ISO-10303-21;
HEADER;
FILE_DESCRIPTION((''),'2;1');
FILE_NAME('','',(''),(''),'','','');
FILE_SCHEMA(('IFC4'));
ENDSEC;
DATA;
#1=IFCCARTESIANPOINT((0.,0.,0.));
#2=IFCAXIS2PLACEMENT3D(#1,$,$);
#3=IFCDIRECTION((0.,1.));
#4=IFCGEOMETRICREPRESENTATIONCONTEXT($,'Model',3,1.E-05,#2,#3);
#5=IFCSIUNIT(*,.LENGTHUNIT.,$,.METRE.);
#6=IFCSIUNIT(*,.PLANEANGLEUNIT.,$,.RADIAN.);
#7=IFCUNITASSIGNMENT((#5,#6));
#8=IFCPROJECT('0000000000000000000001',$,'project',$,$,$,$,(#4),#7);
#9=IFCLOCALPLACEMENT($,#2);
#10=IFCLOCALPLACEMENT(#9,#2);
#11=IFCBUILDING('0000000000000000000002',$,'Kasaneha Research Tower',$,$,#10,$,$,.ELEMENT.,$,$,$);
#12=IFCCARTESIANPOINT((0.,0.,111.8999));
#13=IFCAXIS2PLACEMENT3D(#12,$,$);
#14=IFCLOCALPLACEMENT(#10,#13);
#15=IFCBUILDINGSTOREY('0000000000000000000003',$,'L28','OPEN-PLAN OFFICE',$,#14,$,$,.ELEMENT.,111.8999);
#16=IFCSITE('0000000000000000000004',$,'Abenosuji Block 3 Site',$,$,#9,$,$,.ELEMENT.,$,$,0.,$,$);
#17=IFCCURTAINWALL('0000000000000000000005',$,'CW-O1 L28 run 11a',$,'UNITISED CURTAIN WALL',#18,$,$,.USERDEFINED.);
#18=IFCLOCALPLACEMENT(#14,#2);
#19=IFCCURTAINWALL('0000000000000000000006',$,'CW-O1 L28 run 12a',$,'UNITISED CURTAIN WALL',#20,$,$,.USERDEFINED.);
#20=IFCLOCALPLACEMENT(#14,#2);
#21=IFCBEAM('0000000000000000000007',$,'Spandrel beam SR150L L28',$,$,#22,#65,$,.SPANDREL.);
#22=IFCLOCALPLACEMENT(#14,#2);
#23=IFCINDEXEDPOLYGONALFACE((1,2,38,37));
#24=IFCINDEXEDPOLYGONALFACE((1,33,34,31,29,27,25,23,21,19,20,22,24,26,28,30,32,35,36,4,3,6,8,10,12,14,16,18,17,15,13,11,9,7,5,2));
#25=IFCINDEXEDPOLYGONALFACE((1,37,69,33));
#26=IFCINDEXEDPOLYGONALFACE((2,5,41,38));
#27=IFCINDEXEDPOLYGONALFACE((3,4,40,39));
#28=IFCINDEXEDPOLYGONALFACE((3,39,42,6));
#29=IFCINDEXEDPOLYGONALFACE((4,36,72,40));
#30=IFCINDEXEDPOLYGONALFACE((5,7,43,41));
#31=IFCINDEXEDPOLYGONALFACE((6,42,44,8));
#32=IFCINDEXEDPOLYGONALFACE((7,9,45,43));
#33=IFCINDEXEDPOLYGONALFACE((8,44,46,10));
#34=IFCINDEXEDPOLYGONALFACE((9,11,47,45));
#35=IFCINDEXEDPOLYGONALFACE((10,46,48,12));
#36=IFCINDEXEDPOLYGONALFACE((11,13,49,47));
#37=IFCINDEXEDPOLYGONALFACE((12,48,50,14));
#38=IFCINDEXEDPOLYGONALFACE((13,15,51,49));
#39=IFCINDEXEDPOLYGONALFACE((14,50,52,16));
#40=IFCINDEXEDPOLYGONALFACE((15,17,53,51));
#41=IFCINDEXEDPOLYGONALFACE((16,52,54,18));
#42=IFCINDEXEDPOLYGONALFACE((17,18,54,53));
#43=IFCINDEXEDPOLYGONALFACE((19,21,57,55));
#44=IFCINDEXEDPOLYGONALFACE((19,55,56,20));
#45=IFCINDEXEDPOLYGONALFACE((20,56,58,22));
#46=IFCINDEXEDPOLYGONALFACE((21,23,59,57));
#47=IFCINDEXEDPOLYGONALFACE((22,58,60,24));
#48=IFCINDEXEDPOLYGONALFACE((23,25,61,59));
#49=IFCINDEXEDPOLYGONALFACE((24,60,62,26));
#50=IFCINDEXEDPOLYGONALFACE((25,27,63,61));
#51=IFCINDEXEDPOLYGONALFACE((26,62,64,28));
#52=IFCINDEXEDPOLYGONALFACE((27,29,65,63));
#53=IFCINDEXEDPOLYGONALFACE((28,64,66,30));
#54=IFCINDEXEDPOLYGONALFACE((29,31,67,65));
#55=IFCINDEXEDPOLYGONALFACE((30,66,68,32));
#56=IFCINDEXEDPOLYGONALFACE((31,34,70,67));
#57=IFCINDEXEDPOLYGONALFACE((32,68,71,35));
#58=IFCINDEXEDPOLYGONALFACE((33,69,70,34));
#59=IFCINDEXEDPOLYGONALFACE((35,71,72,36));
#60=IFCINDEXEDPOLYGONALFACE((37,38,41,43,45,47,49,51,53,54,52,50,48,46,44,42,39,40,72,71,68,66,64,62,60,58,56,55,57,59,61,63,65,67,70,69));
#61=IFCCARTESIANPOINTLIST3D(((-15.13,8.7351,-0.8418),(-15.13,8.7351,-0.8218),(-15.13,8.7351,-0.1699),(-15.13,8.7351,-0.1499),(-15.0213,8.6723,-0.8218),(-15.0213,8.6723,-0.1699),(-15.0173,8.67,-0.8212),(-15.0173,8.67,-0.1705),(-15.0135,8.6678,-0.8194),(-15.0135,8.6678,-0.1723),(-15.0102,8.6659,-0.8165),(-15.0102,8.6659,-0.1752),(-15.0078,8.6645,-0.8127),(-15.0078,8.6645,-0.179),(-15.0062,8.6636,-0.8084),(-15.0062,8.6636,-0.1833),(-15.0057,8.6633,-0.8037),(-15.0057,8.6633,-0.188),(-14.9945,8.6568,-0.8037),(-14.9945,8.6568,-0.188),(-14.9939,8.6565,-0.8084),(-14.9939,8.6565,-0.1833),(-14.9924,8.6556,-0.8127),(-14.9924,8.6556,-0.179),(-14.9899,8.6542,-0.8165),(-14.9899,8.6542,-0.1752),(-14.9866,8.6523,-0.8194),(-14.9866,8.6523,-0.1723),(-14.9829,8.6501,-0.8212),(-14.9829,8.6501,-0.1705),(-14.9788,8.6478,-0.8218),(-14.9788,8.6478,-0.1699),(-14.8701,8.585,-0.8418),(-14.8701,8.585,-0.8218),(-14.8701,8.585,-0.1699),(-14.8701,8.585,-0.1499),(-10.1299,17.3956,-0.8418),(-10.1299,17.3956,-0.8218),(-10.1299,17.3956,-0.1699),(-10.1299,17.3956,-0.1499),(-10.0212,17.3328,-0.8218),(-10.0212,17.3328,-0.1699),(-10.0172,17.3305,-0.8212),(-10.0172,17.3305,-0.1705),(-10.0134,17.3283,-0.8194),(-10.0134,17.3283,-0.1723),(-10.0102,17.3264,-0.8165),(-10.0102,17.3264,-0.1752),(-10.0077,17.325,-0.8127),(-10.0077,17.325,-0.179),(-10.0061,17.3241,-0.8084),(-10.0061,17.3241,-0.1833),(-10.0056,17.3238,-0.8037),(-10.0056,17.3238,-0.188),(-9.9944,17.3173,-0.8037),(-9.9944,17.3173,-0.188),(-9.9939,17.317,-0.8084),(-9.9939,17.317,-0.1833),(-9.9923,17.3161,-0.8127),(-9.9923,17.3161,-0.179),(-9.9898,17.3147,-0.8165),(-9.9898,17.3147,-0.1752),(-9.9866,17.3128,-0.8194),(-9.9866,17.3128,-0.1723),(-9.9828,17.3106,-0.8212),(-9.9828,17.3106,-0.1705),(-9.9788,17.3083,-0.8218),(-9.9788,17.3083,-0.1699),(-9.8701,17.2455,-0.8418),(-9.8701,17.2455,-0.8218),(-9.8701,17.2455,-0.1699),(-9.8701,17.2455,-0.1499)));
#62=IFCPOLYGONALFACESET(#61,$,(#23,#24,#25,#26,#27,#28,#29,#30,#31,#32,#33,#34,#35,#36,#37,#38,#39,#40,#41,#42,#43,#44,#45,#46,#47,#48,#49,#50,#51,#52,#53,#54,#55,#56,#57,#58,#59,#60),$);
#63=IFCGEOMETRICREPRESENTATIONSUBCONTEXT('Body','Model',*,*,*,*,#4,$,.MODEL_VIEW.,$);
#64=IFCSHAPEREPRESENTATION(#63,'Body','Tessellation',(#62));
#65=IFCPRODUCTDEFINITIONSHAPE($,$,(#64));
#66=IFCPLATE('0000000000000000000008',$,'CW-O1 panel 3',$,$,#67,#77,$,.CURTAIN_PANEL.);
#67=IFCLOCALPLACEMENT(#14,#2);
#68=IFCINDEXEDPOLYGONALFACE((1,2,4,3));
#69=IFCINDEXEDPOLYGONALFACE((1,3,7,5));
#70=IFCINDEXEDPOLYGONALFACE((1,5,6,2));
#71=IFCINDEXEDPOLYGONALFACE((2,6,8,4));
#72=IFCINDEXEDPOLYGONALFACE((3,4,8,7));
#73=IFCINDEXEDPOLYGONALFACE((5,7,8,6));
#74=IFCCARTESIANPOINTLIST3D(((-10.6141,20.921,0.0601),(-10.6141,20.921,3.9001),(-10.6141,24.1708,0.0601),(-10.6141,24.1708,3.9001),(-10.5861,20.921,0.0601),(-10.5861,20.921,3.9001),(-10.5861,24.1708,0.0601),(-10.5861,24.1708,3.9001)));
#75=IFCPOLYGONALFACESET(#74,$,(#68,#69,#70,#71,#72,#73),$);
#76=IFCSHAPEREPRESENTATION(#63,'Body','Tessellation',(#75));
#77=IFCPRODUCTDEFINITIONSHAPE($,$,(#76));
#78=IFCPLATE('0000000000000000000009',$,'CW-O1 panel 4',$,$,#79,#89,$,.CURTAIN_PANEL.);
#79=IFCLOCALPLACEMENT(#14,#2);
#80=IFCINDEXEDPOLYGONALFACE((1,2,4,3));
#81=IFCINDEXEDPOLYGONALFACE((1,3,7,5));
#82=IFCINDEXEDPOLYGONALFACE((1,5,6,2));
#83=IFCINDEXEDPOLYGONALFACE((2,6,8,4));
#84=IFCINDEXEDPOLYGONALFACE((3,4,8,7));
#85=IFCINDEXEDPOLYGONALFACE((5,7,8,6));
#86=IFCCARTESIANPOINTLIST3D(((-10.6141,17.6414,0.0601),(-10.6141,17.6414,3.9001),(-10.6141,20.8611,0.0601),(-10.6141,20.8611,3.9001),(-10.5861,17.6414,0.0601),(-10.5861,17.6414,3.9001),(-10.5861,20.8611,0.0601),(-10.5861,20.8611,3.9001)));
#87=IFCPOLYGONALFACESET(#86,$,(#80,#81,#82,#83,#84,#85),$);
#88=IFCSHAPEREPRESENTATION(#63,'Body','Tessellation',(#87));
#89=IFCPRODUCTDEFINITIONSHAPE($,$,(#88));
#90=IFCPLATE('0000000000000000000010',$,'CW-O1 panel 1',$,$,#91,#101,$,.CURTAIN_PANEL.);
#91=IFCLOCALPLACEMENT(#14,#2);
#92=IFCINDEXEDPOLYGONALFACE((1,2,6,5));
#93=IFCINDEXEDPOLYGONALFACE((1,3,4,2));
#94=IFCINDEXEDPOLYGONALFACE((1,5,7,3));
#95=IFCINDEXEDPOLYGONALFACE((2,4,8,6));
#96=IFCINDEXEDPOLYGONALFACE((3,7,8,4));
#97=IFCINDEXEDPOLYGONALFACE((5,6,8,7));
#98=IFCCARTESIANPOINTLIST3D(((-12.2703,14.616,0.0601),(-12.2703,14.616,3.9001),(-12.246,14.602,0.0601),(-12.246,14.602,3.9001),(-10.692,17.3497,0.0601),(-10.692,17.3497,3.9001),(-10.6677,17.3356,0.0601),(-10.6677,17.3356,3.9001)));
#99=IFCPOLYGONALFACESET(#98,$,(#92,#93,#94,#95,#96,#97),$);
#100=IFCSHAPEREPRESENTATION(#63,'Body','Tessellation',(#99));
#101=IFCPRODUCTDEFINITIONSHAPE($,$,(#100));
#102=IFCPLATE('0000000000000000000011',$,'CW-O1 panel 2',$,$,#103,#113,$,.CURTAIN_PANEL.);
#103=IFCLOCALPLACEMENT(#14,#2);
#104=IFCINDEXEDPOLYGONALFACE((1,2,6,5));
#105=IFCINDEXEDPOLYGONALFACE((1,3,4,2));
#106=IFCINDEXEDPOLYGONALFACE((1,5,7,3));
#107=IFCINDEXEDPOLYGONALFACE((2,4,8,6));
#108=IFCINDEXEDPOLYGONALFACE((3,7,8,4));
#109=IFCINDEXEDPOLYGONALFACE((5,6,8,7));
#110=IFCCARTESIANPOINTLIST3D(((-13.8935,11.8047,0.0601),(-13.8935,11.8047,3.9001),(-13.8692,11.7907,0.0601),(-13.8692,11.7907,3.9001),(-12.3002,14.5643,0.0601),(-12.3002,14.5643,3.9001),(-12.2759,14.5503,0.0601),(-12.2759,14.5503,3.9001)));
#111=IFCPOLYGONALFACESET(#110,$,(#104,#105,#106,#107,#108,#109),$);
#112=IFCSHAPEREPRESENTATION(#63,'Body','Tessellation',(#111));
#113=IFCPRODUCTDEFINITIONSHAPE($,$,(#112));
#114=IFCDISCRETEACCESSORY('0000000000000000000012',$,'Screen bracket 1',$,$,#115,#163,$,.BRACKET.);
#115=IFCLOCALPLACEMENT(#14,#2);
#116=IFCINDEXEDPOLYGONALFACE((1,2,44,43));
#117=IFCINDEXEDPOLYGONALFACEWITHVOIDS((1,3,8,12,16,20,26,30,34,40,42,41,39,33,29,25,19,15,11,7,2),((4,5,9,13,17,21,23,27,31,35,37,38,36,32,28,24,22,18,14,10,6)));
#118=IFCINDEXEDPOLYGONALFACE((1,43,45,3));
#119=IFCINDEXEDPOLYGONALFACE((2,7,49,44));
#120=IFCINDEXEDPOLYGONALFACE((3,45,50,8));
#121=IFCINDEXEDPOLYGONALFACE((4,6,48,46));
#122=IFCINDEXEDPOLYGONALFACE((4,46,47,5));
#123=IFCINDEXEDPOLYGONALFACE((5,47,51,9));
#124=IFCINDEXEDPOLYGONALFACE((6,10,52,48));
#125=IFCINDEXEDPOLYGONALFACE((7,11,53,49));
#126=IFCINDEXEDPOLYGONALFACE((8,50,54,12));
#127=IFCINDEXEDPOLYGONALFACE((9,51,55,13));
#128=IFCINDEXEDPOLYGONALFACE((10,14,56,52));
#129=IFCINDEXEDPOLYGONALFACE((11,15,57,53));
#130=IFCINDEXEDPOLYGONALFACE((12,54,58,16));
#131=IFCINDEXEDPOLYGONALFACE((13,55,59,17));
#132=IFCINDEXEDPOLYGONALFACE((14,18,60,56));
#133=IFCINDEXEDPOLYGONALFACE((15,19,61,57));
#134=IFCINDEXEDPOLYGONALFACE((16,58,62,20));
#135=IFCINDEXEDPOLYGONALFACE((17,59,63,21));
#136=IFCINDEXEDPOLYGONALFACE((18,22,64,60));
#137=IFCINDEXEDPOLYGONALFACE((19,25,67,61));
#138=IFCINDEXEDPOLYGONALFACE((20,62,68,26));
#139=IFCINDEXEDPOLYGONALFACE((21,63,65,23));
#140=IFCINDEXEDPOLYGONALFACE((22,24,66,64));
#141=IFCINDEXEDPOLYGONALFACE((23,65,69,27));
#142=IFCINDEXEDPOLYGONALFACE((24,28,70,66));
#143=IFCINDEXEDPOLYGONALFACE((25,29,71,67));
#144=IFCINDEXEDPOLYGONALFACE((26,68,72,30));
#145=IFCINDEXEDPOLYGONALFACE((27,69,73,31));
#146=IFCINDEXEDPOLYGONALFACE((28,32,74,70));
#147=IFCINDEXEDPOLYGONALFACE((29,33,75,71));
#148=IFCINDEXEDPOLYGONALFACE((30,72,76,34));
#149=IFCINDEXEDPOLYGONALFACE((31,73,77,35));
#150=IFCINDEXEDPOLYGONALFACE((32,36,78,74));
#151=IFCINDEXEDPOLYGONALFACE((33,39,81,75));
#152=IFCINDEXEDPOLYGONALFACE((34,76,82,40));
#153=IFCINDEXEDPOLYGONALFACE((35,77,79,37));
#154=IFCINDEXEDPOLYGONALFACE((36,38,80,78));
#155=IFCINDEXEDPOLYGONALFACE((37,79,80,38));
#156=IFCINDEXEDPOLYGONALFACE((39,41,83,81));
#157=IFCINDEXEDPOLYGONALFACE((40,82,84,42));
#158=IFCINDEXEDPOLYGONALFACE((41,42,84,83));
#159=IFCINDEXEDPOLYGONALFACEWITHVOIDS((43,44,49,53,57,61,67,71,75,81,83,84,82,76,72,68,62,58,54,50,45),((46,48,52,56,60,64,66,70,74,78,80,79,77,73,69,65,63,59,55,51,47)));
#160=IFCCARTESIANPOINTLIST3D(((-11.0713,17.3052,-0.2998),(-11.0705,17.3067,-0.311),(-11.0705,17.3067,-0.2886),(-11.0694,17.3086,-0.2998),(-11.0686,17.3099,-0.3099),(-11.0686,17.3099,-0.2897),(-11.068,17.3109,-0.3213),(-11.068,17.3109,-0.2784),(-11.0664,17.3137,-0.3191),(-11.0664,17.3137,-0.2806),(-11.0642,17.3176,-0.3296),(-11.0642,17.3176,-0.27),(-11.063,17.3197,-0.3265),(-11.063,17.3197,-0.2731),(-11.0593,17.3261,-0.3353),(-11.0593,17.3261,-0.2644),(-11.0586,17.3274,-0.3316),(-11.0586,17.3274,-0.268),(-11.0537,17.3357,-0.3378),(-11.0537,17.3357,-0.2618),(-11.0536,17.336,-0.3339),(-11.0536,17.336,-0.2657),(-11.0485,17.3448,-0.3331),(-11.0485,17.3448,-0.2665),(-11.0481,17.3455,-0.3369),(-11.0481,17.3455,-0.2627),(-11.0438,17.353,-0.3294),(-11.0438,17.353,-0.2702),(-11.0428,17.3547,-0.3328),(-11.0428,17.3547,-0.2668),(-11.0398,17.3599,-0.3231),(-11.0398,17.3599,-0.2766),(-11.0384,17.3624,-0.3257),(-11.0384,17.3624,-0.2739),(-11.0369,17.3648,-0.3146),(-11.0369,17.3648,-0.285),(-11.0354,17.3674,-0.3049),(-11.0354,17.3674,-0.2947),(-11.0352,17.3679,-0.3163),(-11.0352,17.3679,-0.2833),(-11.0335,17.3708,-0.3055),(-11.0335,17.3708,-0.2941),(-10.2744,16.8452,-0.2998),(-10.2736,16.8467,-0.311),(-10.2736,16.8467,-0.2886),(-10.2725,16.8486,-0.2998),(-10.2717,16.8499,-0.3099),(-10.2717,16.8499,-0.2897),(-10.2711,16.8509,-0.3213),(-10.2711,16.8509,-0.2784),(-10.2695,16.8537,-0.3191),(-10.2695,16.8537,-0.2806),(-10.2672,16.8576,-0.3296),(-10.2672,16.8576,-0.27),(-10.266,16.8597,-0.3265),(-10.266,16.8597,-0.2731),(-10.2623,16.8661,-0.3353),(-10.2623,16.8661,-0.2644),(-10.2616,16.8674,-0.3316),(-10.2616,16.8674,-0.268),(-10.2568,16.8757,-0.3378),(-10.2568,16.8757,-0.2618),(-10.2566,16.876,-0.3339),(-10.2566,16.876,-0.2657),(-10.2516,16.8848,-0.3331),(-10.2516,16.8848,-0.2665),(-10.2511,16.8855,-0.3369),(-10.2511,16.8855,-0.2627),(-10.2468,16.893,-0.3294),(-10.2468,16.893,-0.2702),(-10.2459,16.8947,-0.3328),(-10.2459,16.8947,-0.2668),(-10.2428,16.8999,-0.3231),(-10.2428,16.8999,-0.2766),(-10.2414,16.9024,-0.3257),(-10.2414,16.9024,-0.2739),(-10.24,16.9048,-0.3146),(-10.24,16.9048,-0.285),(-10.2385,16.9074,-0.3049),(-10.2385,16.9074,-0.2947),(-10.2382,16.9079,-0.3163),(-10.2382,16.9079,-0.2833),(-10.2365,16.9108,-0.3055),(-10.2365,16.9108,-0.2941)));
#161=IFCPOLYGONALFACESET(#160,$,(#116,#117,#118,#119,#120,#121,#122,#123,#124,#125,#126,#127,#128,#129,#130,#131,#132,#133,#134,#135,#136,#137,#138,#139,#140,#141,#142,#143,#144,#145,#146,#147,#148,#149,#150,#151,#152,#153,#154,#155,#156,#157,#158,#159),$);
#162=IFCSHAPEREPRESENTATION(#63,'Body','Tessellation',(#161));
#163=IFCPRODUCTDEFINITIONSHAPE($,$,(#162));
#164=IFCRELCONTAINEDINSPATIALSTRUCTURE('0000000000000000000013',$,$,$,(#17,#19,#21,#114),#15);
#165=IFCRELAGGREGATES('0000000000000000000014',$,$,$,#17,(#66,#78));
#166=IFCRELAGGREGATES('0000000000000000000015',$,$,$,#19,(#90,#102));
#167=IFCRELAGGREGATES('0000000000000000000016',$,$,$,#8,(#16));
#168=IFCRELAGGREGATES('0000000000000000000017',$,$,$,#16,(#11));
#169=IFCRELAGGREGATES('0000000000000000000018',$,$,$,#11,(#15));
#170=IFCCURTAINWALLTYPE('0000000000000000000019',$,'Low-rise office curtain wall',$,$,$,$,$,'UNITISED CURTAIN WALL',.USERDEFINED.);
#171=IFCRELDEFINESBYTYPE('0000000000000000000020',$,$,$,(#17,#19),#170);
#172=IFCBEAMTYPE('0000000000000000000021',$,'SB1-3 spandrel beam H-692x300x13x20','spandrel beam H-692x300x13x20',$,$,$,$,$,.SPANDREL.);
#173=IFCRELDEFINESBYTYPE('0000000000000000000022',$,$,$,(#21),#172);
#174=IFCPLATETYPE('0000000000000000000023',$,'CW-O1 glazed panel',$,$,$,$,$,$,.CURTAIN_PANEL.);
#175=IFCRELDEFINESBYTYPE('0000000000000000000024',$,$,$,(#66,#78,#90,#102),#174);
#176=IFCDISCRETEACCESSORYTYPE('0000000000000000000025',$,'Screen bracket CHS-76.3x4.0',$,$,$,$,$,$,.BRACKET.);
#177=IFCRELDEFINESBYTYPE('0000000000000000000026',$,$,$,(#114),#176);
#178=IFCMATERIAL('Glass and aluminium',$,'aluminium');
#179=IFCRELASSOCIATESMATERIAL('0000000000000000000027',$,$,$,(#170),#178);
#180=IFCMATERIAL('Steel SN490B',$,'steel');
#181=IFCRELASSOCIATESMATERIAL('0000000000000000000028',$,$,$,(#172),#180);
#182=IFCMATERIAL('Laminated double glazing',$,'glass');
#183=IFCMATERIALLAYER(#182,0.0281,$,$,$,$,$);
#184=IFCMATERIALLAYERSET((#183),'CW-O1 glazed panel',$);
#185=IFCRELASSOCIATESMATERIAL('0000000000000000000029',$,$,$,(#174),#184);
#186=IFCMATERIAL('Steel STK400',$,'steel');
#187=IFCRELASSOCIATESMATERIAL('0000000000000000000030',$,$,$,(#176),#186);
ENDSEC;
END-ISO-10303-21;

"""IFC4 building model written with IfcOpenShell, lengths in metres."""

from ifc_helpers import new_model, si_unit, direction, frame, origin, origin_2d, place, context, subcontext, project, spatial, rectangle, hollow_circle, i_section, extrude, material, layer, layer_set, material_profile, profile_set, type_object, element, aggregate, save


model = new_model("IFC4")

# Units and contexts
model_context = context("Model", 3, precision=1e-05, world=origin(), true_north=direction((0.0, 1.0)))
body_context = subcontext(model_context, "Body", "Model", "MODEL_VIEW")
ifc_project = project(units=[si_unit("LENGTHUNIT", "METRE"), si_unit("PLANEANGLEUNIT", "RADIAN")], contexts=[model_context])

# Site, building, storey
site_placement = place(None, origin())
site = spatial("IfcSite", under=ifc_project, at=site_placement, Name="Abenosuji Block 3 Site", CompositionType="ELEMENT", RefElevation=0.0)
building_placement = place(site_placement, origin())
building = spatial("IfcBuilding", under=site, at=building_placement, Name="Kasaneha Research Tower", CompositionType="ELEMENT")
storey_placement = place(building_placement, frame((0.0, 0.0, 111.8999)))
storey = spatial("IfcBuildingStorey", under=building, at=storey_placement, Name="L28", Description="OPEN-PLAN OFFICE", CompositionType="ELEMENT", Elevation=111.8999)

# Curtain walls
ifc_material_1 = material(Name="Glass and aluminium", Category="aluminium")
curtain_wall_type = type_object("IfcCurtainWallType", Name="Low-rise office curtain wall", ElementType="UNITISED CURTAIN WALL", PredefinedType="USERDEFINED", material=ifc_material_1)
curtain_wall_1_placement = place(storey_placement, origin())
curtain_wall_1 = element("IfcCurtainWall", 1, at=curtain_wall_1_placement, inside=storey, type_object=curtain_wall_type, Name="CW-O1 L28 run 11a", ObjectType="UNITISED CURTAIN WALL", PredefinedType="USERDEFINED")
curtain_wall_2_placement = place(storey_placement, origin())
curtain_wall_2 = element("IfcCurtainWall", 2, at=curtain_wall_2_placement, inside=storey, type_object=curtain_wall_type, Name="CW-O1 L28 run 12a", ObjectType="UNITISED CURTAIN WALL", PredefinedType="USERDEFINED")

# Beam
ifc_material_2 = material(Name="Steel SN490B", Category="steel")
ifc_material_profile_1 = material_profile(ifc_material_2, i_section(OverallWidth=0.3, OverallDepth=0.6919, WebThickness=0.0129, FlangeThickness=0.02, FilletRadius=0.0181, at=origin_2d()), Name="H-692x300x13x20")
ifc_profile_set_1 = profile_set([ifc_material_profile_1], Name="Steel SN490B")
beam_type_1 = type_object("IfcBeamType", Name="SB1-3 spandrel beam H-692x300x13x20", Description="spandrel beam H-692x300x13x20", PredefinedType="SPANDREL", material=ifc_profile_set_1)
beam_1_placement = place(storey_placement, frame((-10.0, 17.3206, -0.4958), z_axis=(-0.499994, -0.866029, 0.0), x_axis=(0.866029, -0.499994, 0.0)))
element("IfcBeam", 3, at=beam_1_placement, inside=storey, type_object=beam_type_1, Name="Spandrel beam SR150L L28", PredefinedType="SPANDREL", context=body_context, shape_type="SweptSolid", body=[
    extrude(i_section(OverallWidth=0.3, OverallDepth=0.6919, WebThickness=0.0129, FlangeThickness=0.02, FilletRadius=0.0181, at=origin_2d()), origin(), (0.0, 0.0, 1.0), 10.0002),
])

# Plates
ifc_material_3 = material(Name="Laminated double glazing", Category="glass")
ifc_layer = layer(ifc_material_3, 0.0281)
ifc_layer_set = layer_set([ifc_layer], Name="CW-O1 glazed panel")
plate_type = type_object("IfcPlateType", Name="CW-O1 glazed panel", PredefinedType="CURTAIN_PANEL", material=ifc_layer_set)
plate_1_placement = place(storey_placement, frame((-10.6001, 22.5459, 0.0601), z_axis=(0.0, 0.0, 1.0), x_axis=(0.0, -1.0, 0.0)))
plate_1 = element("IfcPlate", 4, at=plate_1_placement, type_object=plate_type, Name="CW-O1 panel 3", PredefinedType="CURTAIN_PANEL", context=body_context, shape_type="SweptSolid", body=[
    extrude(rectangle(XDim=3.2498, YDim=0.0281, at=origin_2d()), origin(), (0.0, 0.0, 1.0), 3.8401),
])
plate_2_placement = place(storey_placement, frame((-10.6001, 19.2512, 0.0601), z_axis=(0.0, 0.0, 1.0), x_axis=(0.0, -1.0, 0.0)))
plate_2 = element("IfcPlate", 5, at=plate_2_placement, type_object=plate_type, Name="CW-O1 panel 4", PredefinedType="CURTAIN_PANEL", context=body_context, shape_type="SweptSolid", body=[
    extrude(rectangle(XDim=3.2197, YDim=0.0281, at=origin_2d()), origin(), (0.0, 0.0, 1.0), 3.8401),
])
aggregate(curtain_wall_1, [plate_1, plate_2])
plate_3_placement = place(storey_placement, frame((-11.469, 15.9758, 0.0601), z_axis=(0.0, 0.0, 1.0), x_axis=(-0.5, -0.866025, 0.0)))
plate_3 = element("IfcPlate", 6, at=plate_3_placement, type_object=plate_type, Name="CW-O1 panel 1", PredefinedType="CURTAIN_PANEL", context=body_context, shape_type="SweptSolid", body=[
    extrude(rectangle(XDim=3.1565, YDim=0.0281, at=origin_2d()), origin(), (0.0, 0.0, 1.0), 3.8401),
])
plate_4_placement = place(storey_placement, frame((-13.0847, 13.1775, 0.0601), z_axis=(0.0, 0.0, 1.0), x_axis=(-0.5, -0.866025, 0.0)))
plate_4 = element("IfcPlate", 7, at=plate_4_placement, type_object=plate_type, Name="CW-O1 panel 2", PredefinedType="CURTAIN_PANEL", context=body_context, shape_type="SweptSolid", body=[
    extrude(rectangle(XDim=3.1865, YDim=0.0281, at=origin_2d()), origin(), (0.0, 0.0, 1.0), 3.8401),
])
aggregate(curtain_wall_2, [plate_3, plate_4])

# Discrete accessory
ifc_material_4 = material(Name="Steel STK400", Category="steel")
ifc_material_profile_2 = material_profile(ifc_material_4, hollow_circle(Radius=0.0381, WallThickness=0.0039, at=origin_2d()), Name="CHS-76.3x4.0")
ifc_profile_set_2 = profile_set([ifc_material_profile_2], Name="Steel STK400")
discrete_accessory_type = type_object("IfcDiscreteAccessoryType", Name="Screen bracket CHS-76.3x4.0", PredefinedType="BRACKET", material=ifc_profile_set_2)
discrete_accessory_1_placement = place(storey_placement, frame((-10.2554, 16.8782, -0.2998), z_axis=(-0.86608, 0.499906, 0.0), x_axis=(-0.499906, -0.86608, 0.0)))
element("IfcDiscreteAccessory", 8, at=discrete_accessory_1_placement, inside=storey, type_object=discrete_accessory_type, Name="Screen bracket 1", PredefinedType="BRACKET", context=body_context, shape_type="SweptSolid", body=[
    extrude(hollow_circle(Radius=0.0381, WallThickness=0.0039, at=origin_2d()), origin(), (0.0, 0.0, 1.0), 0.9202),
])

save(model, "model.ifc")
